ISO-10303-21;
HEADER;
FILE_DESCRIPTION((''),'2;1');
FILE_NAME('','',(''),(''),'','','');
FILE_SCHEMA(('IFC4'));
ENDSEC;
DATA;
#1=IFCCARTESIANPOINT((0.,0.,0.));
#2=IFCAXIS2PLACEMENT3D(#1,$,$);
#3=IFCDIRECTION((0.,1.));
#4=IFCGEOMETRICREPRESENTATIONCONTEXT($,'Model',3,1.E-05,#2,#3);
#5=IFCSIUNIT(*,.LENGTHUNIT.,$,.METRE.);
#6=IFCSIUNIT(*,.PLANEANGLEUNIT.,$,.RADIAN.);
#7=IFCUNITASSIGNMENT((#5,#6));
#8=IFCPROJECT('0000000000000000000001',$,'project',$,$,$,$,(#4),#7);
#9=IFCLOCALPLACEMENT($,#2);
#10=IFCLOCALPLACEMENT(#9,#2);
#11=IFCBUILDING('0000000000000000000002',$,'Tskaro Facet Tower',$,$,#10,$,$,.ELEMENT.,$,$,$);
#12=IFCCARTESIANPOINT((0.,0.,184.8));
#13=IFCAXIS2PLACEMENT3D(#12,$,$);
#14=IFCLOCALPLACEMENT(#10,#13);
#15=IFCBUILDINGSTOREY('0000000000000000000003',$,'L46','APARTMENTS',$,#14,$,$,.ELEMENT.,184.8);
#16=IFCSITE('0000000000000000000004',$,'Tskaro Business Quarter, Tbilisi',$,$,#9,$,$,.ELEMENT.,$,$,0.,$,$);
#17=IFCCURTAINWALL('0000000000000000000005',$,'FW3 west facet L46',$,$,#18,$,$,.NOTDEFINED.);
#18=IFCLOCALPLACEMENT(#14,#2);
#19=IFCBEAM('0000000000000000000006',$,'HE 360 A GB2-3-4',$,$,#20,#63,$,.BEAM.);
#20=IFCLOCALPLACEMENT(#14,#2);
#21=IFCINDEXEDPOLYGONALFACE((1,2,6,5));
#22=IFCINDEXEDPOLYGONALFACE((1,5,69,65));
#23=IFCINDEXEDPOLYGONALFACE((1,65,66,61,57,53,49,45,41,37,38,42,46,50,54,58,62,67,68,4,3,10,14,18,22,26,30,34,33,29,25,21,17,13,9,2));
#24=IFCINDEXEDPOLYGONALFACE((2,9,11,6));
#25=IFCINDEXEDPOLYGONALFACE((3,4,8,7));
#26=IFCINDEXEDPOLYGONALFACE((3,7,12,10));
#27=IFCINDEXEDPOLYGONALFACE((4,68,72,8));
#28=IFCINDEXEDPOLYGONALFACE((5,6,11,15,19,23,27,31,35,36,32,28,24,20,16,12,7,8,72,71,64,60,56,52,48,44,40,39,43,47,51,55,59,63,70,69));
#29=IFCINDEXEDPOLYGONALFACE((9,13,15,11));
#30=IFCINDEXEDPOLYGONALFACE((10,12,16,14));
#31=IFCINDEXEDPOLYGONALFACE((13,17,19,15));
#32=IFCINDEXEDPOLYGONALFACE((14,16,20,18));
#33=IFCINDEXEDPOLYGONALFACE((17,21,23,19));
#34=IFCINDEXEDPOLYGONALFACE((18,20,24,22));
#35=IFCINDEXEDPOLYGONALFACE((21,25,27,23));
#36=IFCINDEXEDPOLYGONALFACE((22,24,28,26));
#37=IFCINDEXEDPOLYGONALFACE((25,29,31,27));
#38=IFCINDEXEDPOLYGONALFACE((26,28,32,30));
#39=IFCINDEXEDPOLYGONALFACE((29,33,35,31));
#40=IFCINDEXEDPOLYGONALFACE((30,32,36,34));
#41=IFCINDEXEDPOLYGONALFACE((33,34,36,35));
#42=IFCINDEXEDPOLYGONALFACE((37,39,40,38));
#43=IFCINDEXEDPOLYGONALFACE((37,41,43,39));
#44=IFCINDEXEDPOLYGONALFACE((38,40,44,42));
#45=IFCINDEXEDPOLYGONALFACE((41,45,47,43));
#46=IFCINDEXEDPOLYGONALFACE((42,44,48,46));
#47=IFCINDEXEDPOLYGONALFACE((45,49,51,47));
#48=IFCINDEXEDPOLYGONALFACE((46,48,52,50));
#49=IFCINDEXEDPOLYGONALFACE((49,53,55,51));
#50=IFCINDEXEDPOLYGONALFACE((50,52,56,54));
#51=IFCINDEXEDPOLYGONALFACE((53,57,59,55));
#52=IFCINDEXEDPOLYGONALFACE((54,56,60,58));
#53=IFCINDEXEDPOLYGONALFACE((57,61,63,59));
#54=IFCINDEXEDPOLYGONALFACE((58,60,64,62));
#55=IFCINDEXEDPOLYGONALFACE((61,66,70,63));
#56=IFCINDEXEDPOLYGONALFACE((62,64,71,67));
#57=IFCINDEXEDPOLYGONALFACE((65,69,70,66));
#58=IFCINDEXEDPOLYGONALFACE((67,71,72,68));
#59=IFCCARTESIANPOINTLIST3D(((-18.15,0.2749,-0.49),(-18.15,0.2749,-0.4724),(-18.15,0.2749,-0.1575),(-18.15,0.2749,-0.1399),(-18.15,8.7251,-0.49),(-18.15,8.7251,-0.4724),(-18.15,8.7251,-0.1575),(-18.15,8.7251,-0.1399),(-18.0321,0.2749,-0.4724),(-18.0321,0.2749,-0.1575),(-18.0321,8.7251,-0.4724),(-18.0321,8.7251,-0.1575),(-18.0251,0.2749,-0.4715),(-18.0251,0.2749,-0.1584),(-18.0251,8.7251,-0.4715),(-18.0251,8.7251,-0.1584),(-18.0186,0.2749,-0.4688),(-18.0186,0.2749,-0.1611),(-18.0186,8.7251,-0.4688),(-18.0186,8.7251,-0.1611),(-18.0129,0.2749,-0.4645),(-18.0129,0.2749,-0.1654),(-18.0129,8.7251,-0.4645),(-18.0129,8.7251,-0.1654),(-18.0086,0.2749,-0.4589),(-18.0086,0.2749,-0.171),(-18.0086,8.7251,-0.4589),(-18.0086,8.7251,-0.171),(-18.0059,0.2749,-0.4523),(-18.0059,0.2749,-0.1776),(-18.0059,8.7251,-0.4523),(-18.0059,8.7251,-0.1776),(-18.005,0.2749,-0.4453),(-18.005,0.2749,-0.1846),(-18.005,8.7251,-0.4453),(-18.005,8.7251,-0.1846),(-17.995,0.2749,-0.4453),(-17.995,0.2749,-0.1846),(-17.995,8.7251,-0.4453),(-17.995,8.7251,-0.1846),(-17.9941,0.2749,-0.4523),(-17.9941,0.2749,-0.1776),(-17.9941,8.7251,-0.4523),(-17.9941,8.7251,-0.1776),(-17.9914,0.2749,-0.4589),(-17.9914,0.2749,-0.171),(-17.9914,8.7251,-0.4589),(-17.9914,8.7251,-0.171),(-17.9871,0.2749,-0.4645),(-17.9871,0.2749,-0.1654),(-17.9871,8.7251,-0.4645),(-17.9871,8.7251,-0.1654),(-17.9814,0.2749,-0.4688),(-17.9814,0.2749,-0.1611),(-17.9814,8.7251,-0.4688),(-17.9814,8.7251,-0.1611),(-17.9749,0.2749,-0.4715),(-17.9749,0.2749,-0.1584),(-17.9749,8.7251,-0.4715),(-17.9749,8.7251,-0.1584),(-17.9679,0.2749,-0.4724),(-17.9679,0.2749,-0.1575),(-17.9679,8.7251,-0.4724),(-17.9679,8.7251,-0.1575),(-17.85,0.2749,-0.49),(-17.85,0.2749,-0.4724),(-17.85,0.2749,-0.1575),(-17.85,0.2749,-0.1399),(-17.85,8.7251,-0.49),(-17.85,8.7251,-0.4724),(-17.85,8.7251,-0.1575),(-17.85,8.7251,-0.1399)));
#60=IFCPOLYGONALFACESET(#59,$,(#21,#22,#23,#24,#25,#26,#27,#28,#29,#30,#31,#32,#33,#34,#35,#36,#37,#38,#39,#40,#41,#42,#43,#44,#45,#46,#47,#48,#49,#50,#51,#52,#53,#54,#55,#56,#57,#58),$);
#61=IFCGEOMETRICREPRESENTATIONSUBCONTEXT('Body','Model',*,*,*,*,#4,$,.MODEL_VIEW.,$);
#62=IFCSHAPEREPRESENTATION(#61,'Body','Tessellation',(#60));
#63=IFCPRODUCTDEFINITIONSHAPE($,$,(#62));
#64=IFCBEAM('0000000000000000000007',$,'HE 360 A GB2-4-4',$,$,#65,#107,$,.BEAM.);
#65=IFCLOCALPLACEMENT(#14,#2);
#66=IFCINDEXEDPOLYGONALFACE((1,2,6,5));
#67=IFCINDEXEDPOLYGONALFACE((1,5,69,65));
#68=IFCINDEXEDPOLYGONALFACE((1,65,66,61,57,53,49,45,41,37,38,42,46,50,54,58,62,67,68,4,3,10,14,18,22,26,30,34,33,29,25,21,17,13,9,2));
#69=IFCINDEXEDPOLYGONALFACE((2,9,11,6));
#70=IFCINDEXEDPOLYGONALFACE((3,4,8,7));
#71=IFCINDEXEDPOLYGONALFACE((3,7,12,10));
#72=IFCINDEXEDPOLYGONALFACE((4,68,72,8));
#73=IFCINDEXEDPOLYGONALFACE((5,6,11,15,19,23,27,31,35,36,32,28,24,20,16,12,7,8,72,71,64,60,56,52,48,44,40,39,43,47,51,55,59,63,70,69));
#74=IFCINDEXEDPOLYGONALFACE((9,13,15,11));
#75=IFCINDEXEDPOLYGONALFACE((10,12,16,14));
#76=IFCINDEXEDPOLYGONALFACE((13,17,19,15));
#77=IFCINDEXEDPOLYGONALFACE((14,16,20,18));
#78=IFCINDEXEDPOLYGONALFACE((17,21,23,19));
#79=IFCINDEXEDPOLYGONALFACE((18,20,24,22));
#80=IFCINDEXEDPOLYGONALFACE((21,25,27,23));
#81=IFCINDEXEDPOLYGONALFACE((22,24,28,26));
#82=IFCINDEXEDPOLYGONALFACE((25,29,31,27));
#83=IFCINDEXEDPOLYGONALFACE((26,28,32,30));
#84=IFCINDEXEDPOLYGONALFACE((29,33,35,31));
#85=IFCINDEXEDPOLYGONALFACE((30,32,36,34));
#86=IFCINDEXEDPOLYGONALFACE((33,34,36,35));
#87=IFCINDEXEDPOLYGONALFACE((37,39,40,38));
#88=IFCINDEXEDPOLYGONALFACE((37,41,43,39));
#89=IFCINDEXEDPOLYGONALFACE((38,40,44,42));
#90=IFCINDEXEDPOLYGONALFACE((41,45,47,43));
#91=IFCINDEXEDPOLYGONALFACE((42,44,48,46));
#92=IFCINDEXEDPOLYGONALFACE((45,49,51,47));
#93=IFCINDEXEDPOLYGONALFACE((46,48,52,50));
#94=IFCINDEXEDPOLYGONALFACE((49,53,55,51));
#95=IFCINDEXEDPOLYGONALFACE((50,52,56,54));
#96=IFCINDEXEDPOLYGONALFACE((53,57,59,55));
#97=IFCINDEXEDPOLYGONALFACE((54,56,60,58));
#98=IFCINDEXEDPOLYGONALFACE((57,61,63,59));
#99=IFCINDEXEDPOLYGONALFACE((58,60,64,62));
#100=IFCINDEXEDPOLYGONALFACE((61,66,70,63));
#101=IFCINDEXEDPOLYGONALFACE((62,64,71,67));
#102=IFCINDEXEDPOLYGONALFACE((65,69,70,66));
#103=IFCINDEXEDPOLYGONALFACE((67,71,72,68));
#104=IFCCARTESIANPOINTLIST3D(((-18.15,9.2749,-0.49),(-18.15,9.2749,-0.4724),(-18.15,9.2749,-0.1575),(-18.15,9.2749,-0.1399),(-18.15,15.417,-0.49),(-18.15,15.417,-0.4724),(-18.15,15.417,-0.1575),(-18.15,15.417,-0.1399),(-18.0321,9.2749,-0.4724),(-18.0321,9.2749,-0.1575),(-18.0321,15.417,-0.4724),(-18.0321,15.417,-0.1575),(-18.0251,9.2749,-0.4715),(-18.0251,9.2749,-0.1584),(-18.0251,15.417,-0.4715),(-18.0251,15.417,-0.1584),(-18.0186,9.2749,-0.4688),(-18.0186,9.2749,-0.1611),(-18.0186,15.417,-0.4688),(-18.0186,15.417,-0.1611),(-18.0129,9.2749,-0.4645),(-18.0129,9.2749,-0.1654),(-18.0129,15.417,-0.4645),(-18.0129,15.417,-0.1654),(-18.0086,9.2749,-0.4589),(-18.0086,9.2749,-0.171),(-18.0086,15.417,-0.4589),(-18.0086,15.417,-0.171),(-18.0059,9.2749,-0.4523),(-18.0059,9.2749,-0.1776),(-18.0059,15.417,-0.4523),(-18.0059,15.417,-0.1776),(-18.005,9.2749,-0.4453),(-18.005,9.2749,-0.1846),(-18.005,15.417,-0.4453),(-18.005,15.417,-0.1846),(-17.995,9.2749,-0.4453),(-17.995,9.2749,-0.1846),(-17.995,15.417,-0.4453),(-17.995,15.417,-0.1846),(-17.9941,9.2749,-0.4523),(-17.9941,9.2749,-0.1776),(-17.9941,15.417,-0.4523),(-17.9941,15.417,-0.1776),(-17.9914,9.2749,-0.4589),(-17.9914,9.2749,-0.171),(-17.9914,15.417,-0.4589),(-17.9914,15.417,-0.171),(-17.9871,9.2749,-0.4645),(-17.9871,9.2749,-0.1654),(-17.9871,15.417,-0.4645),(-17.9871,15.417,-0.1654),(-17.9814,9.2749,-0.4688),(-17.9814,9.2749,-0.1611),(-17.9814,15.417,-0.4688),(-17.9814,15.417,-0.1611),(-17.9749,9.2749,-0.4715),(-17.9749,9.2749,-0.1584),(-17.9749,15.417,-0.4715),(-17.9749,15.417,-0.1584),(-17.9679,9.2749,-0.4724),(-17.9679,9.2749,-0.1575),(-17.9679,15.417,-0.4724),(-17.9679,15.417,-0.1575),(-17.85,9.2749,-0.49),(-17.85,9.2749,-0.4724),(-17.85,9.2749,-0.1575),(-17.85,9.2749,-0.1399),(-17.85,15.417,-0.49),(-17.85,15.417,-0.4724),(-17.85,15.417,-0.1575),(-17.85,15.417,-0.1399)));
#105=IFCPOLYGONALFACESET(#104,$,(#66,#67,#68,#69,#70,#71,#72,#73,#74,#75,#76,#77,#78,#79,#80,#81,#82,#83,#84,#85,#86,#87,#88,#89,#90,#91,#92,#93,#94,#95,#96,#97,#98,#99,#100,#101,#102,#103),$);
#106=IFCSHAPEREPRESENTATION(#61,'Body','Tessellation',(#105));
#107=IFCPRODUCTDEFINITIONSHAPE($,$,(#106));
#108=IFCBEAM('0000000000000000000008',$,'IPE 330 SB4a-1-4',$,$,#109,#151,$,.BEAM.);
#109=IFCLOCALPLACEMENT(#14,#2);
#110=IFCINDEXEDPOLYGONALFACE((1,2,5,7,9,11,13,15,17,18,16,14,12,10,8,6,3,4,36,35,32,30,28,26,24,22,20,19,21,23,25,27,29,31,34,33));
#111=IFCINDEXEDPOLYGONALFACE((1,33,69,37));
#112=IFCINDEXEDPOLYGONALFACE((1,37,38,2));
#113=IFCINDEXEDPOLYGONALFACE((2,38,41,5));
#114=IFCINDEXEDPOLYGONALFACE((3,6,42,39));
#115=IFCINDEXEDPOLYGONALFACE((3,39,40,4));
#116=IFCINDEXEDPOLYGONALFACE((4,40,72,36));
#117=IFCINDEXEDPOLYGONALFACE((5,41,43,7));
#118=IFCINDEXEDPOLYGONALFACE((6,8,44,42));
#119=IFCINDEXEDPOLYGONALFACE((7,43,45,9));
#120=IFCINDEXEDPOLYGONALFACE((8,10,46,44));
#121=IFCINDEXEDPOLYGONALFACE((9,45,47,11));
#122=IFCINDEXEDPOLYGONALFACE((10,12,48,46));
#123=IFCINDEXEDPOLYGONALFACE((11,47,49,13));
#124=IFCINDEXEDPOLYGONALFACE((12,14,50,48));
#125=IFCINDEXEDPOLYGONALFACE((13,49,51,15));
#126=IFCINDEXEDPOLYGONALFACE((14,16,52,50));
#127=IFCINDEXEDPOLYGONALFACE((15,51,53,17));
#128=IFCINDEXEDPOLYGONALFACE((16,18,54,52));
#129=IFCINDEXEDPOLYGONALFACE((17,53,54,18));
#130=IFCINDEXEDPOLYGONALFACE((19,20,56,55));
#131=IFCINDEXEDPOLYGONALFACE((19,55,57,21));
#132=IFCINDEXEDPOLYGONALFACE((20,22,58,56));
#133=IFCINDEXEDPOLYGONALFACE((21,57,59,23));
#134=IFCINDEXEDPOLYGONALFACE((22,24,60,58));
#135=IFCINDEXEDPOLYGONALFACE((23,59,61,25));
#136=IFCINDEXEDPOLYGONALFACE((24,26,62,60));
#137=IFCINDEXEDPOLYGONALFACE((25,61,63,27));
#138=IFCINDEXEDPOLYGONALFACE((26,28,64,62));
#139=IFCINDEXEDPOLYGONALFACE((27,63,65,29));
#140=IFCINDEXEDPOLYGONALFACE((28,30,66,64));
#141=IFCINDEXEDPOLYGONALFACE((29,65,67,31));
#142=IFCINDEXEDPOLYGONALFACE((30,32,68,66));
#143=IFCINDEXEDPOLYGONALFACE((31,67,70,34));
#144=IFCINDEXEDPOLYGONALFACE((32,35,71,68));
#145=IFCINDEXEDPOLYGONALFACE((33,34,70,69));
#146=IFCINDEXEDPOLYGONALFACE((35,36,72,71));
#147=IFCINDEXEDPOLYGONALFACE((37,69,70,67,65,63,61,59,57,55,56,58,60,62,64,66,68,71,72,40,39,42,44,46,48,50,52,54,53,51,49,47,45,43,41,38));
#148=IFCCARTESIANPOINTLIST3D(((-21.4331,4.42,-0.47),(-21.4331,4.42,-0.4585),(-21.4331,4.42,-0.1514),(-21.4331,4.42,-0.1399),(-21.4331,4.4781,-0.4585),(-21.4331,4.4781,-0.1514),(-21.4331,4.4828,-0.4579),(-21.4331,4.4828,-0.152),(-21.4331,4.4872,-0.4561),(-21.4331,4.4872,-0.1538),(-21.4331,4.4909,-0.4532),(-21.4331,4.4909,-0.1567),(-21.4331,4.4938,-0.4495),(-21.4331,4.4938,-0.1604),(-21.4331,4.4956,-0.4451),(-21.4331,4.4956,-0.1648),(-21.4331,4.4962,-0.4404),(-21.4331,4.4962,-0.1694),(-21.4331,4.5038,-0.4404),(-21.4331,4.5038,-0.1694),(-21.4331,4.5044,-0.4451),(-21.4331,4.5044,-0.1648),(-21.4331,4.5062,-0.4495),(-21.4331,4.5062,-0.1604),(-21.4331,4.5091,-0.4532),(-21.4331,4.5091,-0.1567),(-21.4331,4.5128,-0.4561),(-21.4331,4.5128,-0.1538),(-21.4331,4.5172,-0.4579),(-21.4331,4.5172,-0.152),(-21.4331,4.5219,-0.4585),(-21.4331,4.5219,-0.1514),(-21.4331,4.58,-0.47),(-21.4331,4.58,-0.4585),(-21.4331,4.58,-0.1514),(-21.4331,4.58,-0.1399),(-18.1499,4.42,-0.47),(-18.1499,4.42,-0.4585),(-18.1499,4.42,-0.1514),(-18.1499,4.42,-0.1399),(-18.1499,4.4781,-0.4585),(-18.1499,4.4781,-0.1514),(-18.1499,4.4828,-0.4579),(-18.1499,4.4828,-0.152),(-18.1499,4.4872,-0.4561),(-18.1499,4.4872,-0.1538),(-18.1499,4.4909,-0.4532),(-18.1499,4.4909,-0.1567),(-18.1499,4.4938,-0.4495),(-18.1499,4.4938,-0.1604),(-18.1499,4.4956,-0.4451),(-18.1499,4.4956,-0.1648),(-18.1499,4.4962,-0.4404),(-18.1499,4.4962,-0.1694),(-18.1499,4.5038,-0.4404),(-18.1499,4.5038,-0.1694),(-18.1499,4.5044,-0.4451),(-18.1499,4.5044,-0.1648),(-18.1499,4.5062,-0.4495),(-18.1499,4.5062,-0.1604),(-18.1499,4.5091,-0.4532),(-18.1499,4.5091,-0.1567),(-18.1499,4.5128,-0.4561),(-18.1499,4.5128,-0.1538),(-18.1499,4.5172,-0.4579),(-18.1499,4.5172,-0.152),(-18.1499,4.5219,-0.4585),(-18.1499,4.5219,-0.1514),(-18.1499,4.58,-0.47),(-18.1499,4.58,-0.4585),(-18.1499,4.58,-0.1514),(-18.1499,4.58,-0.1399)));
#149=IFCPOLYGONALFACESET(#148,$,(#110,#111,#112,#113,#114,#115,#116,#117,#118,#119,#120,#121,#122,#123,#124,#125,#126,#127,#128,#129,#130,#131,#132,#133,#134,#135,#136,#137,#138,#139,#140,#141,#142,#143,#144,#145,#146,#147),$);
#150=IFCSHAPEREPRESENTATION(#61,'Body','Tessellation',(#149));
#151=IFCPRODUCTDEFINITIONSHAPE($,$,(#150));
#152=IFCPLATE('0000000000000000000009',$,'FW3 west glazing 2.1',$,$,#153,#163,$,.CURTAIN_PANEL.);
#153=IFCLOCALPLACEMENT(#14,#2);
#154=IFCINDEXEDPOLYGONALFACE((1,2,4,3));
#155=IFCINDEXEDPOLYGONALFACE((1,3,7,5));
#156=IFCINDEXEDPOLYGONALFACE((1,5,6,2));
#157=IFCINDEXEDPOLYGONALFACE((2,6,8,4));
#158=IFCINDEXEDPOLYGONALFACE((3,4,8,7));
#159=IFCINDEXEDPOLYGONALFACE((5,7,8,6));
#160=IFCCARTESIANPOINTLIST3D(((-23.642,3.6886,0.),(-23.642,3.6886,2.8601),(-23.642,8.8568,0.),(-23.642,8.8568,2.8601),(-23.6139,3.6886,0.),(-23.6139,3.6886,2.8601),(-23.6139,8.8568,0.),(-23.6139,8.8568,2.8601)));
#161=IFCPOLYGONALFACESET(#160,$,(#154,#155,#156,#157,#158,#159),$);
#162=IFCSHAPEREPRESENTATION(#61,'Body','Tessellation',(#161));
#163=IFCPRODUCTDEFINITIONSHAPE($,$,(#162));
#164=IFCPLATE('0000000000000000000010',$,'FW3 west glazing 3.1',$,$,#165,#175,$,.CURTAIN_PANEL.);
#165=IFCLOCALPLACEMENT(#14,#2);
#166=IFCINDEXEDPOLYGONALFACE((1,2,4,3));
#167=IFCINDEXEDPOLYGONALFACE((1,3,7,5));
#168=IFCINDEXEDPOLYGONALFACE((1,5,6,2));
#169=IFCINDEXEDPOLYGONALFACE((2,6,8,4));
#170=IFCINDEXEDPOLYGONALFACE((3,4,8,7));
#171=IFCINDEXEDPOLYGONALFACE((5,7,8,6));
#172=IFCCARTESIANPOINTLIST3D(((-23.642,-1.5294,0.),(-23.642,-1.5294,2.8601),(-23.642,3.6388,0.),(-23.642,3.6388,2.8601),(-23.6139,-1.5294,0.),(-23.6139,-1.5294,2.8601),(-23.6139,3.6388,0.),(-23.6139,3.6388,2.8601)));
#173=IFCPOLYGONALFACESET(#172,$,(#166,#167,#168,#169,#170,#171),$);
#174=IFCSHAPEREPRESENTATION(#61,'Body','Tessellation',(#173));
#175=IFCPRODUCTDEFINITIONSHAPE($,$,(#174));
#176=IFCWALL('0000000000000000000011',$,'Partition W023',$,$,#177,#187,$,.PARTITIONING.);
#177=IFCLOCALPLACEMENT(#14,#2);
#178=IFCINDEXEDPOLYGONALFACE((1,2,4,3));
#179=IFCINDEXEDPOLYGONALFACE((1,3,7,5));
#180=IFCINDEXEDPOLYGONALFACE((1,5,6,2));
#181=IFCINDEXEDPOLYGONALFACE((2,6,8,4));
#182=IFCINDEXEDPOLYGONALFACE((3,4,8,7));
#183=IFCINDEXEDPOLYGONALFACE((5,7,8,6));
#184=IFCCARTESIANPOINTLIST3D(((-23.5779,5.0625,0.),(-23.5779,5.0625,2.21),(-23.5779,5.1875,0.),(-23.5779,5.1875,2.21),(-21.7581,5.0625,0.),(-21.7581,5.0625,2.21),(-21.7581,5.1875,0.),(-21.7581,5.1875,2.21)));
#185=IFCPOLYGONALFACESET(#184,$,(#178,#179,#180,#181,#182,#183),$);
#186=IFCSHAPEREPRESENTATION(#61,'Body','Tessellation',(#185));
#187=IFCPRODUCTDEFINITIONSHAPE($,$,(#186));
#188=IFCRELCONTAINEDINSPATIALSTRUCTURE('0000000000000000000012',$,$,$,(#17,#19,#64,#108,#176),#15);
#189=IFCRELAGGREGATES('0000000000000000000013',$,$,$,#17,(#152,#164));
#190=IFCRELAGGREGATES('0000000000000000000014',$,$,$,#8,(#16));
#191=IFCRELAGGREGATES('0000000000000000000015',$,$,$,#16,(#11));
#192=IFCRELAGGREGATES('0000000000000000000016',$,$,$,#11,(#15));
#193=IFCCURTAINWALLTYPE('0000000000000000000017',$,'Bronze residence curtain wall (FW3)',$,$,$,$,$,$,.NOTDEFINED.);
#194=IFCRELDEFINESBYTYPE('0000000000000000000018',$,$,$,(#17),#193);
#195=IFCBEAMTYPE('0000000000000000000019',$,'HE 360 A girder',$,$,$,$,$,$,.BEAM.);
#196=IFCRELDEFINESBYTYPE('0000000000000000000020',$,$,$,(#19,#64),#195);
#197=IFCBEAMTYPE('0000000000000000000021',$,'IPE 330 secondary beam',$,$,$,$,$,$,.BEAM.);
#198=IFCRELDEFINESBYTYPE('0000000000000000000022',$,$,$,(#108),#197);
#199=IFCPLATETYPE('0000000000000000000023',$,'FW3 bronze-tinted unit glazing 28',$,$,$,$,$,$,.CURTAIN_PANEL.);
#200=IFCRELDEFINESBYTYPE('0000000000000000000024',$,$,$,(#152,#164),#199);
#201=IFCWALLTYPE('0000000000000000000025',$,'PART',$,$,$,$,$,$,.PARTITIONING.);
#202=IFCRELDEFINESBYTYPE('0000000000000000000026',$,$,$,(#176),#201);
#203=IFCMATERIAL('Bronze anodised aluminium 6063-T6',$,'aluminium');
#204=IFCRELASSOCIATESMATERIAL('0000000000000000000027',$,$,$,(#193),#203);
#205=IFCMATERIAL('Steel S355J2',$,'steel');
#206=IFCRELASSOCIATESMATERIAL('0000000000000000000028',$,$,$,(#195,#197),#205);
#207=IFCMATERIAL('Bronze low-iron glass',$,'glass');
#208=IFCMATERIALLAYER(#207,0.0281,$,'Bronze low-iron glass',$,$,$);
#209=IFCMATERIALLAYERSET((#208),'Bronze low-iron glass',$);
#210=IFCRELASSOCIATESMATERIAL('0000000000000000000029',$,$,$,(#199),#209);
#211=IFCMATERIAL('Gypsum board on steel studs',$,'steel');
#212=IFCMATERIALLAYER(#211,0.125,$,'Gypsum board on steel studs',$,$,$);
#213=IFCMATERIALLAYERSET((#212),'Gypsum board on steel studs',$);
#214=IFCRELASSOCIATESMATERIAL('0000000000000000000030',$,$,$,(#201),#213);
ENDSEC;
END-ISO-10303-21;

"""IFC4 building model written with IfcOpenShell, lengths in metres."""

from ifc_helpers import new_model, si_unit, direction, frame, frame_2d, origin, origin_2d, place, context, subcontext, project, spatial, rectangle, i_section, extrude, material, layer, layer_set, material_profile, profile_set, type_object, element, aggregate, save


model = new_model("IFC4")

# Units and contexts
model_context = context("Model", 3, precision=1e-05, world=origin(), true_north=direction((0.0, 1.0)))
body_context = subcontext(model_context, "Body", "Model", "MODEL_VIEW")
ifc_project = project(units=[si_unit("LENGTHUNIT", "METRE"), si_unit("PLANEANGLEUNIT", "RADIAN")], contexts=[model_context])

# Site, building, storey
site_placement = place(None, origin())
site = spatial("IfcSite", under=ifc_project, at=site_placement, Name="Tskaro Business Quarter, Tbilisi", CompositionType="ELEMENT", RefElevation=0.0)
building_placement = place(site_placement, origin())
building = spatial("IfcBuilding", under=site, at=building_placement, Name="Tskaro Facet Tower", CompositionType="ELEMENT")
storey_placement = place(building_placement, frame((0.0, 0.0, 184.8)))
storey = spatial("IfcBuildingStorey", under=building, at=storey_placement, Name="L46", Description="APARTMENTS", CompositionType="ELEMENT", Elevation=184.8)

# Curtain wall
ifc_material_1 = material(Name="Bronze anodised aluminium 6063-T6", Category="aluminium")
curtain_wall_type = type_object("IfcCurtainWallType", Name="Bronze residence curtain wall (FW3)", PredefinedType="NOTDEFINED", material=ifc_material_1)
curtain_wall_placement = place(storey_placement, origin())
curtain_wall = element("IfcCurtainWall", 1, at=curtain_wall_placement, inside=storey, type_object=curtain_wall_type, Name="FW3 west facet L46", PredefinedType="NOTDEFINED")

# Beams
ifc_material_2 = material(Name="Steel S355J2", Category="steel")
ifc_material_profile_1 = material_profile(ifc_material_2, i_section(OverallWidth=0.3, OverallDepth=0.3501, WebThickness=0.01, FlangeThickness=0.0176, FilletRadius=0.0271, at=origin_2d()), Name="HE 360 A")
ifc_profile_set_1 = profile_set([ifc_material_profile_1], Name="Steel S355J2")
beam_type_1 = type_object("IfcBeamType", Name="HE 360 A girder", PredefinedType="BEAM", material=ifc_profile_set_1)
beam_1_placement = place(storey_placement, frame((-18.0, 0.2749, -0.3149), z_axis=(0.0, 1.0, 0.0), x_axis=(-1.0, 0.0, 0.0)))
element("IfcBeam", 2, at=beam_1_placement, inside=storey, type_object=beam_type_1, Name="HE 360 A GB2-3-4", PredefinedType="BEAM", context=body_context, shape_type="SweptSolid", body=[
    extrude(i_section(OverallWidth=0.3, OverallDepth=0.3501, WebThickness=0.01, FlangeThickness=0.0176, FilletRadius=0.0271, at=origin_2d()), origin(), (0.0, 0.0, 1.0), 8.4502),
])
beam_2_placement = place(storey_placement, frame((-18.0, 9.2749, -0.3149), z_axis=(0.0, 1.0, 0.0), x_axis=(-1.0, 0.0, 0.0)))
element("IfcBeam", 3, at=beam_2_placement, inside=storey, type_object=beam_type_1, Name="HE 360 A GB2-4-4", PredefinedType="BEAM", context=body_context, shape_type="SweptSolid", body=[
    extrude(i_section(OverallWidth=0.3, OverallDepth=0.3501, WebThickness=0.01, FlangeThickness=0.0176, FilletRadius=0.0271, at=origin_2d()), origin(), (0.0, 0.0, 1.0), 6.1421),
])
ifc_material_profile_2 = material_profile(ifc_material_2, i_section(OverallWidth=0.1599, OverallDepth=0.3301, WebThickness=0.0076, FlangeThickness=0.0115, FilletRadius=0.0181, at=origin_2d()), Name="IPE 330")
ifc_profile_set_2 = profile_set([ifc_material_profile_2], Name="Steel S355J2")
beam_type_2 = type_object("IfcBeamType", Name="IPE 330 secondary beam", PredefinedType="BEAM", material=ifc_profile_set_2)
beam_3_placement = place(storey_placement, frame((-21.4331, 4.5, -0.3049), z_axis=(1.0, 0.0, 0.0), x_axis=(0.0, 1.0, 0.0)))
element("IfcBeam", 4, at=beam_3_placement, inside=storey, type_object=beam_type_2, Name="IPE 330 SB4a-1-4", PredefinedType="BEAM", context=body_context, shape_type="SweptSolid", body=[
    extrude(i_section(OverallWidth=0.1599, OverallDepth=0.3301, WebThickness=0.0076, FlangeThickness=0.0115, FilletRadius=0.0181, at=origin_2d()), origin(), (0.0, 0.0, 1.0), 3.2832),
])

# Plates
ifc_material_3 = material(Name="Bronze low-iron glass", Category="glass")
ifc_layer_1 = layer(ifc_material_3, 0.0281, Name="Bronze low-iron glass")
ifc_layer_set_1 = layer_set([ifc_layer_1], Name="Bronze low-iron glass")
plate_type = type_object("IfcPlateType", Name="FW3 bronze-tinted unit glazing 28", PredefinedType="CURTAIN_PANEL", material=ifc_layer_set_1)
plate_1_placement = place(storey_placement, frame((-23.6279, 6.2727, 0.0), z_axis=(0.0, 0.0, 1.0), x_axis=(0.0, -1.0, 0.0)))
plate_1 = element("IfcPlate", 5, at=plate_1_placement, type_object=plate_type, Name="FW3 west glazing 2.1", PredefinedType="CURTAIN_PANEL", context=body_context, shape_type="SweptSolid", body=[
    extrude(rectangle(XDim=5.1682, YDim=0.0281, at=origin_2d()), origin(), (0.0, 0.0, 1.0), 2.8601),
])
plate_2_placement = place(storey_placement, frame((-23.6279, 1.0547, 0.0), z_axis=(0.0, 0.0, 1.0), x_axis=(0.0, -1.0, 0.0)))
plate_2 = element("IfcPlate", 6, at=plate_2_placement, type_object=plate_type, Name="FW3 west glazing 3.1", PredefinedType="CURTAIN_PANEL", context=body_context, shape_type="SweptSolid", body=[
    extrude(rectangle(XDim=5.1682, YDim=0.0281, at=origin_2d()), origin(), (0.0, 0.0, 1.0), 2.8601),
])
aggregate(curtain_wall, [plate_1, plate_2])

# Wall
ifc_material_4 = material(Name="Gypsum board on steel studs", Category="steel")
ifc_layer_2 = layer(ifc_material_4, 0.125, Name="Gypsum board on steel studs")
ifc_layer_set_2 = layer_set([ifc_layer_2], Name="Gypsum board on steel studs")
wall_type = type_object("IfcWallType", Name="PART", PredefinedType="PARTITIONING", material=ifc_layer_set_2)
wall_1_placement = place(storey_placement, frame((-23.5779, 5.125, 0.0), z_axis=(0.0, 0.0, 1.0), x_axis=(1.0, 0.0, 0.0)))
element("IfcWall", 7, at=wall_1_placement, inside=storey, type_object=wall_type, Name="Partition W023", PredefinedType="PARTITIONING", context=body_context, shape_type="SweptSolid", body=[
    extrude(rectangle(XDim=1.8198, YDim=0.125, at=frame_2d((0.9099, 0.0))), origin(), (0.0, 0.0, 1.0), 2.21),
])

save(model, "model.ifc")
